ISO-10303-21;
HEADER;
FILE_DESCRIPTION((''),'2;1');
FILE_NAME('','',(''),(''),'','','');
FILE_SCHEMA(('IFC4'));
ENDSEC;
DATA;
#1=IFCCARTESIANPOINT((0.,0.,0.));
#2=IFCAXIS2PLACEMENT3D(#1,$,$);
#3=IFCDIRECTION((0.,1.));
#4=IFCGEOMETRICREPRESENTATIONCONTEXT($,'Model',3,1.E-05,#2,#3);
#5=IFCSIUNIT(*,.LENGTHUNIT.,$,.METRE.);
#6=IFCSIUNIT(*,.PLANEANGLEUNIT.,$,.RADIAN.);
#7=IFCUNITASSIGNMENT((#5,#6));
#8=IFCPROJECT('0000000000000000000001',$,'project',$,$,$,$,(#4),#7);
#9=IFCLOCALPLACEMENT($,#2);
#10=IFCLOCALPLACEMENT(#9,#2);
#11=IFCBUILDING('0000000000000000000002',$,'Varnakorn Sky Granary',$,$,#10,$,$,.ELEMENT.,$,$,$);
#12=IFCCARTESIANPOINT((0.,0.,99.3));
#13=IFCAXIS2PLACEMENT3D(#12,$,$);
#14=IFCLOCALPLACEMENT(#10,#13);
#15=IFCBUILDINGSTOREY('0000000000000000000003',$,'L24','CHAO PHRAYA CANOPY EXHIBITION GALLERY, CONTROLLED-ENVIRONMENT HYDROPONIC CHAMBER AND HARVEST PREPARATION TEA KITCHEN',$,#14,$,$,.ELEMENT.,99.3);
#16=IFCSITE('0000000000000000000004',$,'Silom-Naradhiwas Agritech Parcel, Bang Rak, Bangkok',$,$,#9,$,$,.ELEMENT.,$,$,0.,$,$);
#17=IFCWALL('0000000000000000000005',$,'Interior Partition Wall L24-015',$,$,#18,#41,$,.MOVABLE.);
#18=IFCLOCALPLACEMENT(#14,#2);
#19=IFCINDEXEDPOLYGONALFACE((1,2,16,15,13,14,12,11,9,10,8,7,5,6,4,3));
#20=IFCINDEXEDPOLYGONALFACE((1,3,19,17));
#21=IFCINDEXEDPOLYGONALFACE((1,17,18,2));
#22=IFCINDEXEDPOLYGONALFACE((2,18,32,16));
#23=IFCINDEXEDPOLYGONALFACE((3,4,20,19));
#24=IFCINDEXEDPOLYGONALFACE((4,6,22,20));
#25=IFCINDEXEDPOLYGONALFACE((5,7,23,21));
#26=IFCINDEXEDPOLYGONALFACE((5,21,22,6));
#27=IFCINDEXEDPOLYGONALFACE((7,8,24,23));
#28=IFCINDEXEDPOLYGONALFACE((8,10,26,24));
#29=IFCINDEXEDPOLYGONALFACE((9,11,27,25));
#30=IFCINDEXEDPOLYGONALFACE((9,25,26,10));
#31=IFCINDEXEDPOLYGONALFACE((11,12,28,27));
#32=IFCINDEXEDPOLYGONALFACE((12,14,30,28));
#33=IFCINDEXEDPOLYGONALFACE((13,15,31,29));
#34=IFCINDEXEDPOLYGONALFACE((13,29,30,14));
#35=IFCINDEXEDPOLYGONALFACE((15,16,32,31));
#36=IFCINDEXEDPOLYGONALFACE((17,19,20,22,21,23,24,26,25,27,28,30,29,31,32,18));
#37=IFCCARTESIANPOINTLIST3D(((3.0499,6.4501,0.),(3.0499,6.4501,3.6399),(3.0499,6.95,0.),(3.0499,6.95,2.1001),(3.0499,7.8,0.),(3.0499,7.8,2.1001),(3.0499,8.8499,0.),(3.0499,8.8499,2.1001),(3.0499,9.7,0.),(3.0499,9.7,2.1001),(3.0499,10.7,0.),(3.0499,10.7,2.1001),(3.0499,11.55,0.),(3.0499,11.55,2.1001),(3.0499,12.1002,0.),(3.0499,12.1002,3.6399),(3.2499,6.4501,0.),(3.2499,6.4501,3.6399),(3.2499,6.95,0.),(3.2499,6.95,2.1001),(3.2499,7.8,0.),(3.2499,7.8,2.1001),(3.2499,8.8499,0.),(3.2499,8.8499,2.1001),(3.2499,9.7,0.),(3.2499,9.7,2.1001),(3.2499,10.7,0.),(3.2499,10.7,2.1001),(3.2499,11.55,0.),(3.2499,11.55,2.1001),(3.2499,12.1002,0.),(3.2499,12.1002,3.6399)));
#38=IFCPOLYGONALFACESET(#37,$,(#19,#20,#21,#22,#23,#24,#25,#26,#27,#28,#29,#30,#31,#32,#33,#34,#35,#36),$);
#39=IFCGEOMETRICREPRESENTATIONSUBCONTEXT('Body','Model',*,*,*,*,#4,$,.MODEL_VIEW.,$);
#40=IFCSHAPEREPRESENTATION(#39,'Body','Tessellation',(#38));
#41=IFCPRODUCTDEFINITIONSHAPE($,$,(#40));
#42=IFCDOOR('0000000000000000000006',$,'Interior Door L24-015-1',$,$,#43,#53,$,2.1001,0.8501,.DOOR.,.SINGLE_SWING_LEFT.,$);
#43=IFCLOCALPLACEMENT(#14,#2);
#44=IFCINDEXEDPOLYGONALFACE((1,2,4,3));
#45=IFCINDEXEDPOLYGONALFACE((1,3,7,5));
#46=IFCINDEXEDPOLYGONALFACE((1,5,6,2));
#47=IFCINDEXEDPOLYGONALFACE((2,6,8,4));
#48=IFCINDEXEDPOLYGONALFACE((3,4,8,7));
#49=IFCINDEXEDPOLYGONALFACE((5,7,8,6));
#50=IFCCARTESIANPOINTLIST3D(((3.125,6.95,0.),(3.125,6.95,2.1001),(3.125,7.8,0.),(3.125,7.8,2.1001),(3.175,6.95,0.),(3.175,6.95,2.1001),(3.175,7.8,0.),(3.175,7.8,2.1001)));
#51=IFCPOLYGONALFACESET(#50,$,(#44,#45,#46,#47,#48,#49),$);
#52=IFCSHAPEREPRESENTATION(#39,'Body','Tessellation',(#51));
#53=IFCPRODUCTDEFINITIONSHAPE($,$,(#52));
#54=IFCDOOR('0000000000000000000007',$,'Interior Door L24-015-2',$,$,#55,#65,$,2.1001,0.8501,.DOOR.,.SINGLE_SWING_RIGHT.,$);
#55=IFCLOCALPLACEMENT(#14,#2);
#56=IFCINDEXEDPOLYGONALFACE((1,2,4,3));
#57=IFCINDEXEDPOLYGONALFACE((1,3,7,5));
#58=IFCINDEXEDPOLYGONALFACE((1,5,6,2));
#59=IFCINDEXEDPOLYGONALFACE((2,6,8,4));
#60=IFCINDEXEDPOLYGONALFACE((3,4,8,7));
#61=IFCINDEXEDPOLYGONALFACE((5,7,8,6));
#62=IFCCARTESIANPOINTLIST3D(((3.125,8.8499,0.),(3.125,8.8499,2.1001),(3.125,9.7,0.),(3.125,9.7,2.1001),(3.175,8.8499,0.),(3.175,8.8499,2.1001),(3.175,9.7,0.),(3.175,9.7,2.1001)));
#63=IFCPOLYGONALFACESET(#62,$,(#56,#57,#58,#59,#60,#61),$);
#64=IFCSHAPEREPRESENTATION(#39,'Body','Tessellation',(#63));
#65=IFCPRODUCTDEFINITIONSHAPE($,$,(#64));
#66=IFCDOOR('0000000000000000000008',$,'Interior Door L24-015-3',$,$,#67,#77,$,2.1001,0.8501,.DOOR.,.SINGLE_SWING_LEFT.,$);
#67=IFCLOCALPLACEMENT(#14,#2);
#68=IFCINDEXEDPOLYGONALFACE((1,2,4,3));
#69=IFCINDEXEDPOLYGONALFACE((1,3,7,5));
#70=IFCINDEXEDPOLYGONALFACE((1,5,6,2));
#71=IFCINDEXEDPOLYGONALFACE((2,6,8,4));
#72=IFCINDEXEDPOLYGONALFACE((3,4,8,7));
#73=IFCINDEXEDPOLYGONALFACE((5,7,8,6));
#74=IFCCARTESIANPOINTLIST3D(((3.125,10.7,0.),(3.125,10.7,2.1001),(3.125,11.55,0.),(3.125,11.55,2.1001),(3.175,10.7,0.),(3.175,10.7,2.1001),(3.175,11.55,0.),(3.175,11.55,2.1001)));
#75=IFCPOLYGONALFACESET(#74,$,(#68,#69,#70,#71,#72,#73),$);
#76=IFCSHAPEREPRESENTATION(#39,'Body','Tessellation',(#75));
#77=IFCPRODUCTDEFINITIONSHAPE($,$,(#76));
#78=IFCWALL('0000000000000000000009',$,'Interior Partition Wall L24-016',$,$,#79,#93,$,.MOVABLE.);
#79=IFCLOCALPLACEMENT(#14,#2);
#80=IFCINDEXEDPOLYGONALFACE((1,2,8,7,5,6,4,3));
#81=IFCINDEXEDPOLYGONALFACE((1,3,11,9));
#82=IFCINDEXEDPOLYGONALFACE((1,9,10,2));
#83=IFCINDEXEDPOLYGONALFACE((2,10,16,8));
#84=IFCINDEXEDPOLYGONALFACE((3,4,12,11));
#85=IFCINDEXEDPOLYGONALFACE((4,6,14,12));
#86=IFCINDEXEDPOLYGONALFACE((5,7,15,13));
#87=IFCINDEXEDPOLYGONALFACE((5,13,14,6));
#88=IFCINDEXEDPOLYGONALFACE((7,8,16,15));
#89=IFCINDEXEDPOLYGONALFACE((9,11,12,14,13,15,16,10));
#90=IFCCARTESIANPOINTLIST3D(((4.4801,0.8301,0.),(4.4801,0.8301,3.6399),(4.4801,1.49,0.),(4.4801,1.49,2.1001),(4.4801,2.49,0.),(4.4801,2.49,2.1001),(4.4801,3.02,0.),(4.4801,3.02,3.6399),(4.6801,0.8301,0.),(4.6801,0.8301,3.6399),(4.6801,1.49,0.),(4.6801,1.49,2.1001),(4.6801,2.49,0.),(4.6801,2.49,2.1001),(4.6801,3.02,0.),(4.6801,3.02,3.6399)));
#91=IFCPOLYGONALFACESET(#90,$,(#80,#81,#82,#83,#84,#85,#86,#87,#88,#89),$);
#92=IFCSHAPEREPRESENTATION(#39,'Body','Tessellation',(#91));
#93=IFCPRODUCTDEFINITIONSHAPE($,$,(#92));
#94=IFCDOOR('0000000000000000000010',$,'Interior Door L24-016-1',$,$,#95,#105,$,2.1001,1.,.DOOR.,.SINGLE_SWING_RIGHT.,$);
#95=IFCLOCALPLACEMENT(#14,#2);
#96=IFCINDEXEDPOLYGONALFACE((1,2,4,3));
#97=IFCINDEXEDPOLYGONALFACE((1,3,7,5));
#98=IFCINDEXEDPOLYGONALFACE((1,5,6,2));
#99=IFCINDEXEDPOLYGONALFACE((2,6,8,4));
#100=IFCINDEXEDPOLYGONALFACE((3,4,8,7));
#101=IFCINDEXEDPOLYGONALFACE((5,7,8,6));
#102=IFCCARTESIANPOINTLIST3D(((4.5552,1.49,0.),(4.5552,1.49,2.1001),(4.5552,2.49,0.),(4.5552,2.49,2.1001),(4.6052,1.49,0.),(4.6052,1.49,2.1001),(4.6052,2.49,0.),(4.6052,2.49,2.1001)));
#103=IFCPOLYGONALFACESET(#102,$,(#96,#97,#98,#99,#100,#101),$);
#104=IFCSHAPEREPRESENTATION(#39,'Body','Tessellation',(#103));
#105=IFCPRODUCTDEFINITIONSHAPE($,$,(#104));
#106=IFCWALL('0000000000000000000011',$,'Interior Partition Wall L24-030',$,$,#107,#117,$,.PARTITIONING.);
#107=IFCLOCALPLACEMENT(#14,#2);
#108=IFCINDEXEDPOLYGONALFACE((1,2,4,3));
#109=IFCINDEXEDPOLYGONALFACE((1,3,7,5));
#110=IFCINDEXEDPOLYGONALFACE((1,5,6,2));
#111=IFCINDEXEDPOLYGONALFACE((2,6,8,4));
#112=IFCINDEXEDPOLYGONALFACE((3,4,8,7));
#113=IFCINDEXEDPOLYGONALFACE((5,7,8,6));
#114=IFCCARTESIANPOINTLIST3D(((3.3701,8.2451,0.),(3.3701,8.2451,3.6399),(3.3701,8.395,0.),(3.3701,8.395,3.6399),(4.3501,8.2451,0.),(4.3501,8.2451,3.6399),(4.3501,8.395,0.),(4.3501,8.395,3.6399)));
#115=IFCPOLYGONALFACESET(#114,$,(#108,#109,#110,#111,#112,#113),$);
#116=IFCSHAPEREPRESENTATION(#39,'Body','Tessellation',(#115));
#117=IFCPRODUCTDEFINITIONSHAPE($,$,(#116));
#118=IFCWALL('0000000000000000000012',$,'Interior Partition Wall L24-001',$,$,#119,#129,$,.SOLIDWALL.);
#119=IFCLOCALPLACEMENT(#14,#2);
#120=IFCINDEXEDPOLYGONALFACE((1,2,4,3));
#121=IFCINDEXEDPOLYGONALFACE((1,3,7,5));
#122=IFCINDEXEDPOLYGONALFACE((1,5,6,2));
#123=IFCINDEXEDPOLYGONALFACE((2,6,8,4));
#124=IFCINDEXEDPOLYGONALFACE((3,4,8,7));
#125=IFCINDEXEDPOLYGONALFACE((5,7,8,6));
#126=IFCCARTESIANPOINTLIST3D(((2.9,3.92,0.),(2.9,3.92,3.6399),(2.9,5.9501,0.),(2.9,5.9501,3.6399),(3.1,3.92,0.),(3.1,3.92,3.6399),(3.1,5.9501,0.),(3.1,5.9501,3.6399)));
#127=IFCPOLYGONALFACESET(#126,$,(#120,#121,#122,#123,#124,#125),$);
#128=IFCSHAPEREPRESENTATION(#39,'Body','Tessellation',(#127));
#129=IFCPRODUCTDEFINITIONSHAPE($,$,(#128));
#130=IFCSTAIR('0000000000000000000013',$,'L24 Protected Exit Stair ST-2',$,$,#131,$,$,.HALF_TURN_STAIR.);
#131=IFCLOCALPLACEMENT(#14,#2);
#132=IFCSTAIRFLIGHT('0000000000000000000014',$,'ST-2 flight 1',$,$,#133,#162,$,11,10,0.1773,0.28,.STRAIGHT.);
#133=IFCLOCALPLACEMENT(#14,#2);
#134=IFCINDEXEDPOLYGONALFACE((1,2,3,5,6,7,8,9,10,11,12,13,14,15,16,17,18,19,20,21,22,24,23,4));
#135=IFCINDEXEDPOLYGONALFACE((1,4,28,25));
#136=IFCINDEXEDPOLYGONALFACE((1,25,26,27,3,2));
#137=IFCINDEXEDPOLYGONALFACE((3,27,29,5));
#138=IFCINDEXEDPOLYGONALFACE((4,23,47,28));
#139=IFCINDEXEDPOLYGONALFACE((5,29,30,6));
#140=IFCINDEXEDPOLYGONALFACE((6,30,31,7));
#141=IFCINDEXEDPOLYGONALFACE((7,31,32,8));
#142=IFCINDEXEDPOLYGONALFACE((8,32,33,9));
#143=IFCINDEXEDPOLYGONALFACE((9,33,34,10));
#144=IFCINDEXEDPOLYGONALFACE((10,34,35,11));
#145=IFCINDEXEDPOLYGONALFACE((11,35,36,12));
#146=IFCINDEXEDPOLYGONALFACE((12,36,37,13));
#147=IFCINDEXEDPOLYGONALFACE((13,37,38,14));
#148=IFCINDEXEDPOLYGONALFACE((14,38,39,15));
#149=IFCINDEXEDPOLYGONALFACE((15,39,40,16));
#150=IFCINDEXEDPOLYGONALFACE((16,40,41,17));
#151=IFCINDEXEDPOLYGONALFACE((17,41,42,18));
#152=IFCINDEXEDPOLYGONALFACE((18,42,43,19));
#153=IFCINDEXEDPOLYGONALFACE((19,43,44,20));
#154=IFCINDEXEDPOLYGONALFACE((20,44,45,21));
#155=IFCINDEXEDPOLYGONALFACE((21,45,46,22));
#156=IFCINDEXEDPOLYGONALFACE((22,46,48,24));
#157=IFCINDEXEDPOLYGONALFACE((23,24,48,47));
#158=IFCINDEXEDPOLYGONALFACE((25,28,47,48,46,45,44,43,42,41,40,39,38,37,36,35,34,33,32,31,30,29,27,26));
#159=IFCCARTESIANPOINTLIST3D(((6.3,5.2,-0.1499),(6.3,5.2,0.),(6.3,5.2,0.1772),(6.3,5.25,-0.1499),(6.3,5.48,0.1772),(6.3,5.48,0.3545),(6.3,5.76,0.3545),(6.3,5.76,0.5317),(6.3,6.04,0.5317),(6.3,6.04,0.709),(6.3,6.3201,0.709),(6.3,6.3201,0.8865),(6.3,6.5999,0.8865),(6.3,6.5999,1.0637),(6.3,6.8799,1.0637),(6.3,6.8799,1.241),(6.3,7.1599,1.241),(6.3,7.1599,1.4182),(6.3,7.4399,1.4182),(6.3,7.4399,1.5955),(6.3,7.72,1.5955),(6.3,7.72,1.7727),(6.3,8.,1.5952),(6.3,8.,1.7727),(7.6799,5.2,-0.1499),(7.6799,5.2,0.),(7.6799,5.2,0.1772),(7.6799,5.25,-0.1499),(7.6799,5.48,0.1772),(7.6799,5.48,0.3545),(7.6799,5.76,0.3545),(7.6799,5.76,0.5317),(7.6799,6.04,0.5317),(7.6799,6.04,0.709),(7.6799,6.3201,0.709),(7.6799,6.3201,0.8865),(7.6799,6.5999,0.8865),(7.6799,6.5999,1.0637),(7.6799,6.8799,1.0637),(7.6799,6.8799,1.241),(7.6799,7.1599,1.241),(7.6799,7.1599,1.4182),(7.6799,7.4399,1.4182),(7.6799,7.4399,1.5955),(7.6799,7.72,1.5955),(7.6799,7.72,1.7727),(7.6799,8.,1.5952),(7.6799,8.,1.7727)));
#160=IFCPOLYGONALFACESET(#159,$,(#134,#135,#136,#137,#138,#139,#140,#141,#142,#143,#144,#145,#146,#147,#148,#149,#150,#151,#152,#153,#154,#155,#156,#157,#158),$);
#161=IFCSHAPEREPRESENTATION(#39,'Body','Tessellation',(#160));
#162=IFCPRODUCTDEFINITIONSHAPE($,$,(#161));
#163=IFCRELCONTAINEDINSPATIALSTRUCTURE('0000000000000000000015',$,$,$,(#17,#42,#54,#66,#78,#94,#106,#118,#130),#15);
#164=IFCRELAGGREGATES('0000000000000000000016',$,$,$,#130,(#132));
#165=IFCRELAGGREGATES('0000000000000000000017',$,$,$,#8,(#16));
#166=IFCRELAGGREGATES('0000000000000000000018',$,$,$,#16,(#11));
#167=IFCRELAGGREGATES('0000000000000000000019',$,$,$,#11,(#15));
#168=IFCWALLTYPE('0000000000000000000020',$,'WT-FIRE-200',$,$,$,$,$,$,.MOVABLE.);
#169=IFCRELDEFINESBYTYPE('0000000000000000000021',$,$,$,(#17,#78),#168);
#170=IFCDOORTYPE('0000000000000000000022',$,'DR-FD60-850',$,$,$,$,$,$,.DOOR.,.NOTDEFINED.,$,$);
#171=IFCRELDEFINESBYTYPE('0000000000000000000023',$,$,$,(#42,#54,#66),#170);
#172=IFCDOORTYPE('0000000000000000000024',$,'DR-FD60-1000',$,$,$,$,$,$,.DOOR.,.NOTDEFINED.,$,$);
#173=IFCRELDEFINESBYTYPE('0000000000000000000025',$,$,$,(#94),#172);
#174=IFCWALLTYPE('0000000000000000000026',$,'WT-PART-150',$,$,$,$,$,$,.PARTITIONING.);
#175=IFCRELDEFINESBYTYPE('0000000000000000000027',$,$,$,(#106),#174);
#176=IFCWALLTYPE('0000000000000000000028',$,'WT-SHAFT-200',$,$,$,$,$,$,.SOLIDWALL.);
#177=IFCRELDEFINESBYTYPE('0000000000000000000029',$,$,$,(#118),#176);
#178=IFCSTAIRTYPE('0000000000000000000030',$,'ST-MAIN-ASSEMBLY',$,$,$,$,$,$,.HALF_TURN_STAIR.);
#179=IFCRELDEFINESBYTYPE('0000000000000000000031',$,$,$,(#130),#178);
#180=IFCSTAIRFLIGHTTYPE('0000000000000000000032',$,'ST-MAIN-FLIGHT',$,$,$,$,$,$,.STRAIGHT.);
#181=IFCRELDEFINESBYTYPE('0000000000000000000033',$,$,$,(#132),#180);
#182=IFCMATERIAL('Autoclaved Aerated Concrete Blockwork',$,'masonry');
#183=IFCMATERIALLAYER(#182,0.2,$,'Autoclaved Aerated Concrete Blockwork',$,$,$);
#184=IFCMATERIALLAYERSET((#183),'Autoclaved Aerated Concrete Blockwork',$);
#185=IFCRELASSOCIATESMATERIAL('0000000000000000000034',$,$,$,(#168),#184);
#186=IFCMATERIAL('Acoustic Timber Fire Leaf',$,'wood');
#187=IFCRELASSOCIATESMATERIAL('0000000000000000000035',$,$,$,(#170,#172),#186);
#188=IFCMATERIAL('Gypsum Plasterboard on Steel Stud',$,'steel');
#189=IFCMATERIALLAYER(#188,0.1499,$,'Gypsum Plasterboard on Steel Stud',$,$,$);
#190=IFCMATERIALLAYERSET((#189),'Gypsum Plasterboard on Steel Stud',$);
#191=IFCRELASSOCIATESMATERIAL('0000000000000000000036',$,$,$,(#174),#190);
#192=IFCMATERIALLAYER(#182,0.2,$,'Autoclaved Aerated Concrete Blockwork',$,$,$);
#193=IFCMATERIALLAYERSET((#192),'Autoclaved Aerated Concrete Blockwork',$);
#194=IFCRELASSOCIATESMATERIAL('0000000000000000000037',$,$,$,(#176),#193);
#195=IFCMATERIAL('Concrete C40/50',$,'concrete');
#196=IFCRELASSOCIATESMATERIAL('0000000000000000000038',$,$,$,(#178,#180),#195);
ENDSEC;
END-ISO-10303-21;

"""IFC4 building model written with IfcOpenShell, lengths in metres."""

from ifc_helpers import new_model, si_unit, direction, frame, frame_2d, origin, place, context, subcontext, project, spatial, polyline, rectangle, outline, extrude, material, layer, layer_set, type_object, element, fill, aggregate, save


model = new_model("IFC4")

# Units and contexts
model_context = context("Model", 3, precision=1e-05, world=origin(), true_north=direction((0.0, 1.0)))
body_context = subcontext(model_context, "Body", "Model", "MODEL_VIEW")
ifc_project = project(units=[si_unit("LENGTHUNIT", "METRE"), si_unit("PLANEANGLEUNIT", "RADIAN")], contexts=[model_context])

# Site, building, storey
site_placement = place(None, origin())
site = spatial("IfcSite", under=ifc_project, at=site_placement, Name="Silom-Naradhiwas Agritech Parcel, Bang Rak, Bangkok", CompositionType="ELEMENT", RefElevation=0.0)
building_placement = place(site_placement, origin())
building = spatial("IfcBuilding", under=site, at=building_placement, Name="Varnakorn Sky Granary", CompositionType="ELEMENT")
storey_placement = place(building_placement, frame((0.0, 0.0, 99.3)))
storey = spatial("IfcBuildingStorey", under=building, at=storey_placement, Name="L24", Description="CHAO PHRAYA CANOPY EXHIBITION GALLERY, CONTROLLED-ENVIRONMENT HYDROPONIC CHAMBER AND HARVEST PREPARATION TEA KITCHEN", CompositionType="ELEMENT", Elevation=99.3)

# Wall, openings, doors
ifc_material_1 = material(Name="Autoclaved Aerated Concrete Blockwork", Category="masonry")
ifc_layer_1 = layer(ifc_material_1, 0.2, Name="Autoclaved Aerated Concrete Blockwork")
ifc_layer_set_1 = layer_set([ifc_layer_1], Name="Autoclaved Aerated Concrete Blockwork")
wall_type_1 = type_object("IfcWallType", Name="WT-FIRE-200", PredefinedType="MOVABLE", material=ifc_layer_set_1)
wall_1_placement = place(storey_placement, frame((3.1499, 6.45, 0.0), z_axis=(0.0, 0.0, 1.0), x_axis=(0.0, 1.0, 0.0)))
wall_1 = element("IfcWall", 1, at=wall_1_placement, inside=storey, type_object=wall_type_1, Name="Interior Partition Wall L24-015", PredefinedType="MOVABLE", context=body_context, shape_type="SweptSolid", body=[
    extrude(rectangle(XDim=5.6501, YDim=0.2, at=frame_2d((2.8252, 0.0))), origin(), (0.0, 0.0, 1.0), 3.6399),
])
opening_1_placement = place(wall_1_placement, frame((0.5, 0.0, 0.0)))
opening_1 = element("IfcOpeningElement", 2, at=opening_1_placement, cuts=wall_1, PredefinedType="OPENING", context=body_context, shape_type="SweptSolid", body=[
    extrude(rectangle(XDim=0.8501, YDim=2.1001, at=frame_2d((0.425, 1.05))), frame((0.0, 0.1099, 0.0), z_axis=(0.0, -1.0, 0.0), x_axis=(1.0, 0.0, 0.0)), (0.0, 0.0, 1.0), 0.22),
])
opening_2_placement = place(wall_1_placement, frame((2.3999, 0.0, 0.0)))
opening_2 = element("IfcOpeningElement", 3, at=opening_2_placement, cuts=wall_1, PredefinedType="OPENING", context=body_context, shape_type="SweptSolid", body=[
    extrude(rectangle(XDim=0.8501, YDim=2.1001, at=frame_2d((0.425, 1.05))), frame((0.0, 0.1099, 0.0), z_axis=(0.0, -1.0, 0.0), x_axis=(1.0, 0.0, 0.0)), (0.0, 0.0, 1.0), 0.22),
])
opening_3_placement = place(wall_1_placement, frame((4.25, 0.0, 0.0)))
opening_3 = element("IfcOpeningElement", 4, at=opening_3_placement, cuts=wall_1, PredefinedType="OPENING", context=body_context, shape_type="SweptSolid", body=[
    extrude(rectangle(XDim=0.8501, YDim=2.1001, at=frame_2d((0.425, 1.05))), frame((0.0, 0.1099, 0.0), z_axis=(0.0, -1.0, 0.0), x_axis=(1.0, 0.0, 0.0)), (0.0, 0.0, 1.0), 0.22),
])
ifc_material_2 = material(Name="Acoustic Timber Fire Leaf", Category="wood")
door_type_1 = type_object("IfcDoorType", Name="DR-FD60-850", OperationType="NOTDEFINED", PredefinedType="DOOR", material=ifc_material_2)
door_1_placement = place(opening_1_placement, origin())
door_1 = element("IfcDoor", 5, at=door_1_placement, inside=storey, type_object=door_type_1, Name="Interior Door L24-015-1", OperationType="SINGLE_SWING_LEFT", OverallHeight=2.1001, OverallWidth=0.8501, PredefinedType="DOOR", context=body_context, shape_type="SweptSolid", body=[
    extrude(rectangle(XDim=0.8501, YDim=2.1001, at=frame_2d((0.425, 1.05))), frame((0.0, 0.0249, 0.0), z_axis=(0.0, -1.0, 0.0), x_axis=(1.0, 0.0, 0.0)), (0.0, 0.0, 1.0), 0.05),
])
fill(opening_1, door_1)
door_2_placement = place(opening_2_placement, origin())
door_2 = element("IfcDoor", 6, at=door_2_placement, inside=storey, type_object=door_type_1, Name="Interior Door L24-015-2", OperationType="SINGLE_SWING_RIGHT", OverallHeight=2.1001, OverallWidth=0.8501, PredefinedType="DOOR", context=body_context, shape_type="SweptSolid", body=[
    extrude(rectangle(XDim=0.8501, YDim=2.1001, at=frame_2d((0.425, 1.05))), frame((0.0, 0.0249, 0.0), z_axis=(0.0, -1.0, 0.0), x_axis=(1.0, 0.0, 0.0)), (0.0, 0.0, 1.0), 0.05),
])
fill(opening_2, door_2)
door_3_placement = place(opening_3_placement, origin())
door_3 = element("IfcDoor", 7, at=door_3_placement, inside=storey, type_object=door_type_1, Name="Interior Door L24-015-3", OperationType="SINGLE_SWING_LEFT", OverallHeight=2.1001, OverallWidth=0.8501, PredefinedType="DOOR", context=body_context, shape_type="SweptSolid", body=[
    extrude(rectangle(XDim=0.8501, YDim=2.1001, at=frame_2d((0.425, 1.05))), frame((0.0, 0.0249, 0.0), z_axis=(0.0, -1.0, 0.0), x_axis=(1.0, 0.0, 0.0)), (0.0, 0.0, 1.0), 0.05),
])
fill(opening_3, door_3)

# Wall, opening, door
wall_2_placement = place(storey_placement, frame((4.5801, 0.8301, 0.0), z_axis=(0.0, 0.0, 1.0), x_axis=(0.0, 1.0, 0.0)))
wall_2 = element("IfcWall", 8, at=wall_2_placement, inside=storey, type_object=wall_type_1, Name="Interior Partition Wall L24-016", PredefinedType="MOVABLE", context=body_context, shape_type="SweptSolid", body=[
    extrude(rectangle(XDim=2.1899, YDim=0.2, at=frame_2d((1.095, 0.0))), origin(), (0.0, 0.0, 1.0), 3.6399),
])
opening_4_placement = place(wall_2_placement, frame((0.6599, 0.0, 0.0)))
opening_4 = element("IfcOpeningElement", 9, at=opening_4_placement, cuts=wall_2, PredefinedType="OPENING", context=body_context, shape_type="SweptSolid", body=[
    extrude(rectangle(XDim=1.0, YDim=2.1001, at=frame_2d((0.5, 1.05))), frame((0.0, 0.1099, 0.0), z_axis=(0.0, -1.0, 0.0), x_axis=(1.0, 0.0, 0.0)), (0.0, 0.0, 1.0), 0.22),
])
door_type_2 = type_object("IfcDoorType", Name="DR-FD60-1000", OperationType="NOTDEFINED", PredefinedType="DOOR", material=ifc_material_2)
door_4_placement = place(opening_4_placement, origin())
door_4 = element("IfcDoor", 10, at=door_4_placement, inside=storey, type_object=door_type_2, Name="Interior Door L24-016-1", OperationType="SINGLE_SWING_RIGHT", OverallHeight=2.1001, OverallWidth=1.0, PredefinedType="DOOR", context=body_context, shape_type="SweptSolid", body=[
    extrude(rectangle(XDim=1.0, YDim=2.1001, at=frame_2d((0.5, 1.05))), frame((0.0, 0.0249, 0.0), z_axis=(0.0, -1.0, 0.0), x_axis=(1.0, 0.0, 0.0)), (0.0, 0.0, 1.0), 0.05),
])
fill(opening_4, door_4)

# Walls
ifc_material_3 = material(Name="Gypsum Plasterboard on Steel Stud", Category="steel")
ifc_layer_2 = layer(ifc_material_3, 0.1499, Name="Gypsum Plasterboard on Steel Stud")
ifc_layer_set_2 = layer_set([ifc_layer_2], Name="Gypsum Plasterboard on Steel Stud")
wall_type_2 = type_object("IfcWallType", Name="WT-PART-150", PredefinedType="PARTITIONING", material=ifc_layer_set_2)
wall_3_placement = place(storey_placement, frame((3.3701, 8.3201, 0.0), z_axis=(0.0, 0.0, 1.0), x_axis=(1.0, 0.0, 0.0)))
element("IfcWall", 11, at=wall_3_placement, inside=storey, type_object=wall_type_2, Name="Interior Partition Wall L24-030", PredefinedType="PARTITIONING", context=body_context, shape_type="SweptSolid", body=[
    extrude(rectangle(XDim=0.98, YDim=0.1499, at=frame_2d((0.49, 0.0))), origin(), (0.0, 0.0, 1.0), 3.6399),
])
ifc_layer_3 = layer(ifc_material_1, 0.2, Name="Autoclaved Aerated Concrete Blockwork")
ifc_layer_set_3 = layer_set([ifc_layer_3], Name="Autoclaved Aerated Concrete Blockwork")
wall_type_3 = type_object("IfcWallType", Name="WT-SHAFT-200", PredefinedType="SOLIDWALL", material=ifc_layer_set_3)
wall_4_placement = place(storey_placement, frame((3.0, 3.9199, 0.0), z_axis=(0.0, 0.0, 1.0), x_axis=(0.0, 1.0, 0.0)))
element("IfcWall", 12, at=wall_4_placement, inside=storey, type_object=wall_type_3, Name="Interior Partition Wall L24-001", PredefinedType="SOLIDWALL", context=body_context, shape_type="SweptSolid", body=[
    extrude(rectangle(XDim=2.03, YDim=0.2, at=frame_2d((1.0151, 0.0))), origin(), (0.0, 0.0, 1.0), 3.6399),
])

# Stair, stair flight
ifc_material_4 = material(Name="Concrete C40/50", Category="concrete")
stair_type = type_object("IfcStairType", Name="ST-MAIN-ASSEMBLY", PredefinedType="HALF_TURN_STAIR", material=ifc_material_4)
stair_placement = place(storey_placement, origin())
stair = element("IfcStair", 13, at=stair_placement, inside=storey, type_object=stair_type, Name="L24 Protected Exit Stair ST-2", PredefinedType="HALF_TURN_STAIR")
stair_flight_type = type_object("IfcStairFlightType", Name="ST-MAIN-FLIGHT", PredefinedType="STRAIGHT", material=ifc_material_4)
stair_flight_1_placement = place(storey_placement, frame((6.99, 5.2, 0.0), z_axis=(0.0, 0.0, 1.0), x_axis=(0.0, 1.0, 0.0)))
stair_flight_1 = element("IfcStairFlight", 14, at=stair_flight_1_placement, type_object=stair_flight_type, Name="ST-2 flight 1", NumberOfRisers=11, NumberOfTreads=10, PredefinedType="STRAIGHT", RiserHeight=0.1773, TreadLength=0.28, context=body_context, shape_type="SweptSolid", body=[
    extrude(outline(polyline([(0.0, -0.1499), (0.0, 0.0), (0.0, 0.1772), (0.28, 0.1772), (0.28, 0.3545), (0.5601, 0.3545), (0.5601, 0.5317), (0.8401, 0.5317), (0.8401, 0.709), (1.1201, 0.709), (1.1201, 0.8865), (1.3999, 0.8865), (1.3999, 1.0637), (1.6799, 1.0637), (1.6799, 1.241), (1.96, 1.241), (1.96, 1.4182), (2.24, 1.4182), (2.24, 1.5955), (2.52, 1.5955), (2.52, 1.7727), (2.8, 1.7727), (2.8, 1.95), (2.8, 1.5952), (0.05, -0.1499), (0.0, -0.1499)])), frame((0.0, 0.6899, 0.0), z_axis=(0.0, -1.0, 0.0), x_axis=(1.0, 0.0, 0.0)), (0.0, 0.0, 1.0), 1.3799),
])
aggregate(stair, [stair_flight_1])

save(model, "model.ifc")
